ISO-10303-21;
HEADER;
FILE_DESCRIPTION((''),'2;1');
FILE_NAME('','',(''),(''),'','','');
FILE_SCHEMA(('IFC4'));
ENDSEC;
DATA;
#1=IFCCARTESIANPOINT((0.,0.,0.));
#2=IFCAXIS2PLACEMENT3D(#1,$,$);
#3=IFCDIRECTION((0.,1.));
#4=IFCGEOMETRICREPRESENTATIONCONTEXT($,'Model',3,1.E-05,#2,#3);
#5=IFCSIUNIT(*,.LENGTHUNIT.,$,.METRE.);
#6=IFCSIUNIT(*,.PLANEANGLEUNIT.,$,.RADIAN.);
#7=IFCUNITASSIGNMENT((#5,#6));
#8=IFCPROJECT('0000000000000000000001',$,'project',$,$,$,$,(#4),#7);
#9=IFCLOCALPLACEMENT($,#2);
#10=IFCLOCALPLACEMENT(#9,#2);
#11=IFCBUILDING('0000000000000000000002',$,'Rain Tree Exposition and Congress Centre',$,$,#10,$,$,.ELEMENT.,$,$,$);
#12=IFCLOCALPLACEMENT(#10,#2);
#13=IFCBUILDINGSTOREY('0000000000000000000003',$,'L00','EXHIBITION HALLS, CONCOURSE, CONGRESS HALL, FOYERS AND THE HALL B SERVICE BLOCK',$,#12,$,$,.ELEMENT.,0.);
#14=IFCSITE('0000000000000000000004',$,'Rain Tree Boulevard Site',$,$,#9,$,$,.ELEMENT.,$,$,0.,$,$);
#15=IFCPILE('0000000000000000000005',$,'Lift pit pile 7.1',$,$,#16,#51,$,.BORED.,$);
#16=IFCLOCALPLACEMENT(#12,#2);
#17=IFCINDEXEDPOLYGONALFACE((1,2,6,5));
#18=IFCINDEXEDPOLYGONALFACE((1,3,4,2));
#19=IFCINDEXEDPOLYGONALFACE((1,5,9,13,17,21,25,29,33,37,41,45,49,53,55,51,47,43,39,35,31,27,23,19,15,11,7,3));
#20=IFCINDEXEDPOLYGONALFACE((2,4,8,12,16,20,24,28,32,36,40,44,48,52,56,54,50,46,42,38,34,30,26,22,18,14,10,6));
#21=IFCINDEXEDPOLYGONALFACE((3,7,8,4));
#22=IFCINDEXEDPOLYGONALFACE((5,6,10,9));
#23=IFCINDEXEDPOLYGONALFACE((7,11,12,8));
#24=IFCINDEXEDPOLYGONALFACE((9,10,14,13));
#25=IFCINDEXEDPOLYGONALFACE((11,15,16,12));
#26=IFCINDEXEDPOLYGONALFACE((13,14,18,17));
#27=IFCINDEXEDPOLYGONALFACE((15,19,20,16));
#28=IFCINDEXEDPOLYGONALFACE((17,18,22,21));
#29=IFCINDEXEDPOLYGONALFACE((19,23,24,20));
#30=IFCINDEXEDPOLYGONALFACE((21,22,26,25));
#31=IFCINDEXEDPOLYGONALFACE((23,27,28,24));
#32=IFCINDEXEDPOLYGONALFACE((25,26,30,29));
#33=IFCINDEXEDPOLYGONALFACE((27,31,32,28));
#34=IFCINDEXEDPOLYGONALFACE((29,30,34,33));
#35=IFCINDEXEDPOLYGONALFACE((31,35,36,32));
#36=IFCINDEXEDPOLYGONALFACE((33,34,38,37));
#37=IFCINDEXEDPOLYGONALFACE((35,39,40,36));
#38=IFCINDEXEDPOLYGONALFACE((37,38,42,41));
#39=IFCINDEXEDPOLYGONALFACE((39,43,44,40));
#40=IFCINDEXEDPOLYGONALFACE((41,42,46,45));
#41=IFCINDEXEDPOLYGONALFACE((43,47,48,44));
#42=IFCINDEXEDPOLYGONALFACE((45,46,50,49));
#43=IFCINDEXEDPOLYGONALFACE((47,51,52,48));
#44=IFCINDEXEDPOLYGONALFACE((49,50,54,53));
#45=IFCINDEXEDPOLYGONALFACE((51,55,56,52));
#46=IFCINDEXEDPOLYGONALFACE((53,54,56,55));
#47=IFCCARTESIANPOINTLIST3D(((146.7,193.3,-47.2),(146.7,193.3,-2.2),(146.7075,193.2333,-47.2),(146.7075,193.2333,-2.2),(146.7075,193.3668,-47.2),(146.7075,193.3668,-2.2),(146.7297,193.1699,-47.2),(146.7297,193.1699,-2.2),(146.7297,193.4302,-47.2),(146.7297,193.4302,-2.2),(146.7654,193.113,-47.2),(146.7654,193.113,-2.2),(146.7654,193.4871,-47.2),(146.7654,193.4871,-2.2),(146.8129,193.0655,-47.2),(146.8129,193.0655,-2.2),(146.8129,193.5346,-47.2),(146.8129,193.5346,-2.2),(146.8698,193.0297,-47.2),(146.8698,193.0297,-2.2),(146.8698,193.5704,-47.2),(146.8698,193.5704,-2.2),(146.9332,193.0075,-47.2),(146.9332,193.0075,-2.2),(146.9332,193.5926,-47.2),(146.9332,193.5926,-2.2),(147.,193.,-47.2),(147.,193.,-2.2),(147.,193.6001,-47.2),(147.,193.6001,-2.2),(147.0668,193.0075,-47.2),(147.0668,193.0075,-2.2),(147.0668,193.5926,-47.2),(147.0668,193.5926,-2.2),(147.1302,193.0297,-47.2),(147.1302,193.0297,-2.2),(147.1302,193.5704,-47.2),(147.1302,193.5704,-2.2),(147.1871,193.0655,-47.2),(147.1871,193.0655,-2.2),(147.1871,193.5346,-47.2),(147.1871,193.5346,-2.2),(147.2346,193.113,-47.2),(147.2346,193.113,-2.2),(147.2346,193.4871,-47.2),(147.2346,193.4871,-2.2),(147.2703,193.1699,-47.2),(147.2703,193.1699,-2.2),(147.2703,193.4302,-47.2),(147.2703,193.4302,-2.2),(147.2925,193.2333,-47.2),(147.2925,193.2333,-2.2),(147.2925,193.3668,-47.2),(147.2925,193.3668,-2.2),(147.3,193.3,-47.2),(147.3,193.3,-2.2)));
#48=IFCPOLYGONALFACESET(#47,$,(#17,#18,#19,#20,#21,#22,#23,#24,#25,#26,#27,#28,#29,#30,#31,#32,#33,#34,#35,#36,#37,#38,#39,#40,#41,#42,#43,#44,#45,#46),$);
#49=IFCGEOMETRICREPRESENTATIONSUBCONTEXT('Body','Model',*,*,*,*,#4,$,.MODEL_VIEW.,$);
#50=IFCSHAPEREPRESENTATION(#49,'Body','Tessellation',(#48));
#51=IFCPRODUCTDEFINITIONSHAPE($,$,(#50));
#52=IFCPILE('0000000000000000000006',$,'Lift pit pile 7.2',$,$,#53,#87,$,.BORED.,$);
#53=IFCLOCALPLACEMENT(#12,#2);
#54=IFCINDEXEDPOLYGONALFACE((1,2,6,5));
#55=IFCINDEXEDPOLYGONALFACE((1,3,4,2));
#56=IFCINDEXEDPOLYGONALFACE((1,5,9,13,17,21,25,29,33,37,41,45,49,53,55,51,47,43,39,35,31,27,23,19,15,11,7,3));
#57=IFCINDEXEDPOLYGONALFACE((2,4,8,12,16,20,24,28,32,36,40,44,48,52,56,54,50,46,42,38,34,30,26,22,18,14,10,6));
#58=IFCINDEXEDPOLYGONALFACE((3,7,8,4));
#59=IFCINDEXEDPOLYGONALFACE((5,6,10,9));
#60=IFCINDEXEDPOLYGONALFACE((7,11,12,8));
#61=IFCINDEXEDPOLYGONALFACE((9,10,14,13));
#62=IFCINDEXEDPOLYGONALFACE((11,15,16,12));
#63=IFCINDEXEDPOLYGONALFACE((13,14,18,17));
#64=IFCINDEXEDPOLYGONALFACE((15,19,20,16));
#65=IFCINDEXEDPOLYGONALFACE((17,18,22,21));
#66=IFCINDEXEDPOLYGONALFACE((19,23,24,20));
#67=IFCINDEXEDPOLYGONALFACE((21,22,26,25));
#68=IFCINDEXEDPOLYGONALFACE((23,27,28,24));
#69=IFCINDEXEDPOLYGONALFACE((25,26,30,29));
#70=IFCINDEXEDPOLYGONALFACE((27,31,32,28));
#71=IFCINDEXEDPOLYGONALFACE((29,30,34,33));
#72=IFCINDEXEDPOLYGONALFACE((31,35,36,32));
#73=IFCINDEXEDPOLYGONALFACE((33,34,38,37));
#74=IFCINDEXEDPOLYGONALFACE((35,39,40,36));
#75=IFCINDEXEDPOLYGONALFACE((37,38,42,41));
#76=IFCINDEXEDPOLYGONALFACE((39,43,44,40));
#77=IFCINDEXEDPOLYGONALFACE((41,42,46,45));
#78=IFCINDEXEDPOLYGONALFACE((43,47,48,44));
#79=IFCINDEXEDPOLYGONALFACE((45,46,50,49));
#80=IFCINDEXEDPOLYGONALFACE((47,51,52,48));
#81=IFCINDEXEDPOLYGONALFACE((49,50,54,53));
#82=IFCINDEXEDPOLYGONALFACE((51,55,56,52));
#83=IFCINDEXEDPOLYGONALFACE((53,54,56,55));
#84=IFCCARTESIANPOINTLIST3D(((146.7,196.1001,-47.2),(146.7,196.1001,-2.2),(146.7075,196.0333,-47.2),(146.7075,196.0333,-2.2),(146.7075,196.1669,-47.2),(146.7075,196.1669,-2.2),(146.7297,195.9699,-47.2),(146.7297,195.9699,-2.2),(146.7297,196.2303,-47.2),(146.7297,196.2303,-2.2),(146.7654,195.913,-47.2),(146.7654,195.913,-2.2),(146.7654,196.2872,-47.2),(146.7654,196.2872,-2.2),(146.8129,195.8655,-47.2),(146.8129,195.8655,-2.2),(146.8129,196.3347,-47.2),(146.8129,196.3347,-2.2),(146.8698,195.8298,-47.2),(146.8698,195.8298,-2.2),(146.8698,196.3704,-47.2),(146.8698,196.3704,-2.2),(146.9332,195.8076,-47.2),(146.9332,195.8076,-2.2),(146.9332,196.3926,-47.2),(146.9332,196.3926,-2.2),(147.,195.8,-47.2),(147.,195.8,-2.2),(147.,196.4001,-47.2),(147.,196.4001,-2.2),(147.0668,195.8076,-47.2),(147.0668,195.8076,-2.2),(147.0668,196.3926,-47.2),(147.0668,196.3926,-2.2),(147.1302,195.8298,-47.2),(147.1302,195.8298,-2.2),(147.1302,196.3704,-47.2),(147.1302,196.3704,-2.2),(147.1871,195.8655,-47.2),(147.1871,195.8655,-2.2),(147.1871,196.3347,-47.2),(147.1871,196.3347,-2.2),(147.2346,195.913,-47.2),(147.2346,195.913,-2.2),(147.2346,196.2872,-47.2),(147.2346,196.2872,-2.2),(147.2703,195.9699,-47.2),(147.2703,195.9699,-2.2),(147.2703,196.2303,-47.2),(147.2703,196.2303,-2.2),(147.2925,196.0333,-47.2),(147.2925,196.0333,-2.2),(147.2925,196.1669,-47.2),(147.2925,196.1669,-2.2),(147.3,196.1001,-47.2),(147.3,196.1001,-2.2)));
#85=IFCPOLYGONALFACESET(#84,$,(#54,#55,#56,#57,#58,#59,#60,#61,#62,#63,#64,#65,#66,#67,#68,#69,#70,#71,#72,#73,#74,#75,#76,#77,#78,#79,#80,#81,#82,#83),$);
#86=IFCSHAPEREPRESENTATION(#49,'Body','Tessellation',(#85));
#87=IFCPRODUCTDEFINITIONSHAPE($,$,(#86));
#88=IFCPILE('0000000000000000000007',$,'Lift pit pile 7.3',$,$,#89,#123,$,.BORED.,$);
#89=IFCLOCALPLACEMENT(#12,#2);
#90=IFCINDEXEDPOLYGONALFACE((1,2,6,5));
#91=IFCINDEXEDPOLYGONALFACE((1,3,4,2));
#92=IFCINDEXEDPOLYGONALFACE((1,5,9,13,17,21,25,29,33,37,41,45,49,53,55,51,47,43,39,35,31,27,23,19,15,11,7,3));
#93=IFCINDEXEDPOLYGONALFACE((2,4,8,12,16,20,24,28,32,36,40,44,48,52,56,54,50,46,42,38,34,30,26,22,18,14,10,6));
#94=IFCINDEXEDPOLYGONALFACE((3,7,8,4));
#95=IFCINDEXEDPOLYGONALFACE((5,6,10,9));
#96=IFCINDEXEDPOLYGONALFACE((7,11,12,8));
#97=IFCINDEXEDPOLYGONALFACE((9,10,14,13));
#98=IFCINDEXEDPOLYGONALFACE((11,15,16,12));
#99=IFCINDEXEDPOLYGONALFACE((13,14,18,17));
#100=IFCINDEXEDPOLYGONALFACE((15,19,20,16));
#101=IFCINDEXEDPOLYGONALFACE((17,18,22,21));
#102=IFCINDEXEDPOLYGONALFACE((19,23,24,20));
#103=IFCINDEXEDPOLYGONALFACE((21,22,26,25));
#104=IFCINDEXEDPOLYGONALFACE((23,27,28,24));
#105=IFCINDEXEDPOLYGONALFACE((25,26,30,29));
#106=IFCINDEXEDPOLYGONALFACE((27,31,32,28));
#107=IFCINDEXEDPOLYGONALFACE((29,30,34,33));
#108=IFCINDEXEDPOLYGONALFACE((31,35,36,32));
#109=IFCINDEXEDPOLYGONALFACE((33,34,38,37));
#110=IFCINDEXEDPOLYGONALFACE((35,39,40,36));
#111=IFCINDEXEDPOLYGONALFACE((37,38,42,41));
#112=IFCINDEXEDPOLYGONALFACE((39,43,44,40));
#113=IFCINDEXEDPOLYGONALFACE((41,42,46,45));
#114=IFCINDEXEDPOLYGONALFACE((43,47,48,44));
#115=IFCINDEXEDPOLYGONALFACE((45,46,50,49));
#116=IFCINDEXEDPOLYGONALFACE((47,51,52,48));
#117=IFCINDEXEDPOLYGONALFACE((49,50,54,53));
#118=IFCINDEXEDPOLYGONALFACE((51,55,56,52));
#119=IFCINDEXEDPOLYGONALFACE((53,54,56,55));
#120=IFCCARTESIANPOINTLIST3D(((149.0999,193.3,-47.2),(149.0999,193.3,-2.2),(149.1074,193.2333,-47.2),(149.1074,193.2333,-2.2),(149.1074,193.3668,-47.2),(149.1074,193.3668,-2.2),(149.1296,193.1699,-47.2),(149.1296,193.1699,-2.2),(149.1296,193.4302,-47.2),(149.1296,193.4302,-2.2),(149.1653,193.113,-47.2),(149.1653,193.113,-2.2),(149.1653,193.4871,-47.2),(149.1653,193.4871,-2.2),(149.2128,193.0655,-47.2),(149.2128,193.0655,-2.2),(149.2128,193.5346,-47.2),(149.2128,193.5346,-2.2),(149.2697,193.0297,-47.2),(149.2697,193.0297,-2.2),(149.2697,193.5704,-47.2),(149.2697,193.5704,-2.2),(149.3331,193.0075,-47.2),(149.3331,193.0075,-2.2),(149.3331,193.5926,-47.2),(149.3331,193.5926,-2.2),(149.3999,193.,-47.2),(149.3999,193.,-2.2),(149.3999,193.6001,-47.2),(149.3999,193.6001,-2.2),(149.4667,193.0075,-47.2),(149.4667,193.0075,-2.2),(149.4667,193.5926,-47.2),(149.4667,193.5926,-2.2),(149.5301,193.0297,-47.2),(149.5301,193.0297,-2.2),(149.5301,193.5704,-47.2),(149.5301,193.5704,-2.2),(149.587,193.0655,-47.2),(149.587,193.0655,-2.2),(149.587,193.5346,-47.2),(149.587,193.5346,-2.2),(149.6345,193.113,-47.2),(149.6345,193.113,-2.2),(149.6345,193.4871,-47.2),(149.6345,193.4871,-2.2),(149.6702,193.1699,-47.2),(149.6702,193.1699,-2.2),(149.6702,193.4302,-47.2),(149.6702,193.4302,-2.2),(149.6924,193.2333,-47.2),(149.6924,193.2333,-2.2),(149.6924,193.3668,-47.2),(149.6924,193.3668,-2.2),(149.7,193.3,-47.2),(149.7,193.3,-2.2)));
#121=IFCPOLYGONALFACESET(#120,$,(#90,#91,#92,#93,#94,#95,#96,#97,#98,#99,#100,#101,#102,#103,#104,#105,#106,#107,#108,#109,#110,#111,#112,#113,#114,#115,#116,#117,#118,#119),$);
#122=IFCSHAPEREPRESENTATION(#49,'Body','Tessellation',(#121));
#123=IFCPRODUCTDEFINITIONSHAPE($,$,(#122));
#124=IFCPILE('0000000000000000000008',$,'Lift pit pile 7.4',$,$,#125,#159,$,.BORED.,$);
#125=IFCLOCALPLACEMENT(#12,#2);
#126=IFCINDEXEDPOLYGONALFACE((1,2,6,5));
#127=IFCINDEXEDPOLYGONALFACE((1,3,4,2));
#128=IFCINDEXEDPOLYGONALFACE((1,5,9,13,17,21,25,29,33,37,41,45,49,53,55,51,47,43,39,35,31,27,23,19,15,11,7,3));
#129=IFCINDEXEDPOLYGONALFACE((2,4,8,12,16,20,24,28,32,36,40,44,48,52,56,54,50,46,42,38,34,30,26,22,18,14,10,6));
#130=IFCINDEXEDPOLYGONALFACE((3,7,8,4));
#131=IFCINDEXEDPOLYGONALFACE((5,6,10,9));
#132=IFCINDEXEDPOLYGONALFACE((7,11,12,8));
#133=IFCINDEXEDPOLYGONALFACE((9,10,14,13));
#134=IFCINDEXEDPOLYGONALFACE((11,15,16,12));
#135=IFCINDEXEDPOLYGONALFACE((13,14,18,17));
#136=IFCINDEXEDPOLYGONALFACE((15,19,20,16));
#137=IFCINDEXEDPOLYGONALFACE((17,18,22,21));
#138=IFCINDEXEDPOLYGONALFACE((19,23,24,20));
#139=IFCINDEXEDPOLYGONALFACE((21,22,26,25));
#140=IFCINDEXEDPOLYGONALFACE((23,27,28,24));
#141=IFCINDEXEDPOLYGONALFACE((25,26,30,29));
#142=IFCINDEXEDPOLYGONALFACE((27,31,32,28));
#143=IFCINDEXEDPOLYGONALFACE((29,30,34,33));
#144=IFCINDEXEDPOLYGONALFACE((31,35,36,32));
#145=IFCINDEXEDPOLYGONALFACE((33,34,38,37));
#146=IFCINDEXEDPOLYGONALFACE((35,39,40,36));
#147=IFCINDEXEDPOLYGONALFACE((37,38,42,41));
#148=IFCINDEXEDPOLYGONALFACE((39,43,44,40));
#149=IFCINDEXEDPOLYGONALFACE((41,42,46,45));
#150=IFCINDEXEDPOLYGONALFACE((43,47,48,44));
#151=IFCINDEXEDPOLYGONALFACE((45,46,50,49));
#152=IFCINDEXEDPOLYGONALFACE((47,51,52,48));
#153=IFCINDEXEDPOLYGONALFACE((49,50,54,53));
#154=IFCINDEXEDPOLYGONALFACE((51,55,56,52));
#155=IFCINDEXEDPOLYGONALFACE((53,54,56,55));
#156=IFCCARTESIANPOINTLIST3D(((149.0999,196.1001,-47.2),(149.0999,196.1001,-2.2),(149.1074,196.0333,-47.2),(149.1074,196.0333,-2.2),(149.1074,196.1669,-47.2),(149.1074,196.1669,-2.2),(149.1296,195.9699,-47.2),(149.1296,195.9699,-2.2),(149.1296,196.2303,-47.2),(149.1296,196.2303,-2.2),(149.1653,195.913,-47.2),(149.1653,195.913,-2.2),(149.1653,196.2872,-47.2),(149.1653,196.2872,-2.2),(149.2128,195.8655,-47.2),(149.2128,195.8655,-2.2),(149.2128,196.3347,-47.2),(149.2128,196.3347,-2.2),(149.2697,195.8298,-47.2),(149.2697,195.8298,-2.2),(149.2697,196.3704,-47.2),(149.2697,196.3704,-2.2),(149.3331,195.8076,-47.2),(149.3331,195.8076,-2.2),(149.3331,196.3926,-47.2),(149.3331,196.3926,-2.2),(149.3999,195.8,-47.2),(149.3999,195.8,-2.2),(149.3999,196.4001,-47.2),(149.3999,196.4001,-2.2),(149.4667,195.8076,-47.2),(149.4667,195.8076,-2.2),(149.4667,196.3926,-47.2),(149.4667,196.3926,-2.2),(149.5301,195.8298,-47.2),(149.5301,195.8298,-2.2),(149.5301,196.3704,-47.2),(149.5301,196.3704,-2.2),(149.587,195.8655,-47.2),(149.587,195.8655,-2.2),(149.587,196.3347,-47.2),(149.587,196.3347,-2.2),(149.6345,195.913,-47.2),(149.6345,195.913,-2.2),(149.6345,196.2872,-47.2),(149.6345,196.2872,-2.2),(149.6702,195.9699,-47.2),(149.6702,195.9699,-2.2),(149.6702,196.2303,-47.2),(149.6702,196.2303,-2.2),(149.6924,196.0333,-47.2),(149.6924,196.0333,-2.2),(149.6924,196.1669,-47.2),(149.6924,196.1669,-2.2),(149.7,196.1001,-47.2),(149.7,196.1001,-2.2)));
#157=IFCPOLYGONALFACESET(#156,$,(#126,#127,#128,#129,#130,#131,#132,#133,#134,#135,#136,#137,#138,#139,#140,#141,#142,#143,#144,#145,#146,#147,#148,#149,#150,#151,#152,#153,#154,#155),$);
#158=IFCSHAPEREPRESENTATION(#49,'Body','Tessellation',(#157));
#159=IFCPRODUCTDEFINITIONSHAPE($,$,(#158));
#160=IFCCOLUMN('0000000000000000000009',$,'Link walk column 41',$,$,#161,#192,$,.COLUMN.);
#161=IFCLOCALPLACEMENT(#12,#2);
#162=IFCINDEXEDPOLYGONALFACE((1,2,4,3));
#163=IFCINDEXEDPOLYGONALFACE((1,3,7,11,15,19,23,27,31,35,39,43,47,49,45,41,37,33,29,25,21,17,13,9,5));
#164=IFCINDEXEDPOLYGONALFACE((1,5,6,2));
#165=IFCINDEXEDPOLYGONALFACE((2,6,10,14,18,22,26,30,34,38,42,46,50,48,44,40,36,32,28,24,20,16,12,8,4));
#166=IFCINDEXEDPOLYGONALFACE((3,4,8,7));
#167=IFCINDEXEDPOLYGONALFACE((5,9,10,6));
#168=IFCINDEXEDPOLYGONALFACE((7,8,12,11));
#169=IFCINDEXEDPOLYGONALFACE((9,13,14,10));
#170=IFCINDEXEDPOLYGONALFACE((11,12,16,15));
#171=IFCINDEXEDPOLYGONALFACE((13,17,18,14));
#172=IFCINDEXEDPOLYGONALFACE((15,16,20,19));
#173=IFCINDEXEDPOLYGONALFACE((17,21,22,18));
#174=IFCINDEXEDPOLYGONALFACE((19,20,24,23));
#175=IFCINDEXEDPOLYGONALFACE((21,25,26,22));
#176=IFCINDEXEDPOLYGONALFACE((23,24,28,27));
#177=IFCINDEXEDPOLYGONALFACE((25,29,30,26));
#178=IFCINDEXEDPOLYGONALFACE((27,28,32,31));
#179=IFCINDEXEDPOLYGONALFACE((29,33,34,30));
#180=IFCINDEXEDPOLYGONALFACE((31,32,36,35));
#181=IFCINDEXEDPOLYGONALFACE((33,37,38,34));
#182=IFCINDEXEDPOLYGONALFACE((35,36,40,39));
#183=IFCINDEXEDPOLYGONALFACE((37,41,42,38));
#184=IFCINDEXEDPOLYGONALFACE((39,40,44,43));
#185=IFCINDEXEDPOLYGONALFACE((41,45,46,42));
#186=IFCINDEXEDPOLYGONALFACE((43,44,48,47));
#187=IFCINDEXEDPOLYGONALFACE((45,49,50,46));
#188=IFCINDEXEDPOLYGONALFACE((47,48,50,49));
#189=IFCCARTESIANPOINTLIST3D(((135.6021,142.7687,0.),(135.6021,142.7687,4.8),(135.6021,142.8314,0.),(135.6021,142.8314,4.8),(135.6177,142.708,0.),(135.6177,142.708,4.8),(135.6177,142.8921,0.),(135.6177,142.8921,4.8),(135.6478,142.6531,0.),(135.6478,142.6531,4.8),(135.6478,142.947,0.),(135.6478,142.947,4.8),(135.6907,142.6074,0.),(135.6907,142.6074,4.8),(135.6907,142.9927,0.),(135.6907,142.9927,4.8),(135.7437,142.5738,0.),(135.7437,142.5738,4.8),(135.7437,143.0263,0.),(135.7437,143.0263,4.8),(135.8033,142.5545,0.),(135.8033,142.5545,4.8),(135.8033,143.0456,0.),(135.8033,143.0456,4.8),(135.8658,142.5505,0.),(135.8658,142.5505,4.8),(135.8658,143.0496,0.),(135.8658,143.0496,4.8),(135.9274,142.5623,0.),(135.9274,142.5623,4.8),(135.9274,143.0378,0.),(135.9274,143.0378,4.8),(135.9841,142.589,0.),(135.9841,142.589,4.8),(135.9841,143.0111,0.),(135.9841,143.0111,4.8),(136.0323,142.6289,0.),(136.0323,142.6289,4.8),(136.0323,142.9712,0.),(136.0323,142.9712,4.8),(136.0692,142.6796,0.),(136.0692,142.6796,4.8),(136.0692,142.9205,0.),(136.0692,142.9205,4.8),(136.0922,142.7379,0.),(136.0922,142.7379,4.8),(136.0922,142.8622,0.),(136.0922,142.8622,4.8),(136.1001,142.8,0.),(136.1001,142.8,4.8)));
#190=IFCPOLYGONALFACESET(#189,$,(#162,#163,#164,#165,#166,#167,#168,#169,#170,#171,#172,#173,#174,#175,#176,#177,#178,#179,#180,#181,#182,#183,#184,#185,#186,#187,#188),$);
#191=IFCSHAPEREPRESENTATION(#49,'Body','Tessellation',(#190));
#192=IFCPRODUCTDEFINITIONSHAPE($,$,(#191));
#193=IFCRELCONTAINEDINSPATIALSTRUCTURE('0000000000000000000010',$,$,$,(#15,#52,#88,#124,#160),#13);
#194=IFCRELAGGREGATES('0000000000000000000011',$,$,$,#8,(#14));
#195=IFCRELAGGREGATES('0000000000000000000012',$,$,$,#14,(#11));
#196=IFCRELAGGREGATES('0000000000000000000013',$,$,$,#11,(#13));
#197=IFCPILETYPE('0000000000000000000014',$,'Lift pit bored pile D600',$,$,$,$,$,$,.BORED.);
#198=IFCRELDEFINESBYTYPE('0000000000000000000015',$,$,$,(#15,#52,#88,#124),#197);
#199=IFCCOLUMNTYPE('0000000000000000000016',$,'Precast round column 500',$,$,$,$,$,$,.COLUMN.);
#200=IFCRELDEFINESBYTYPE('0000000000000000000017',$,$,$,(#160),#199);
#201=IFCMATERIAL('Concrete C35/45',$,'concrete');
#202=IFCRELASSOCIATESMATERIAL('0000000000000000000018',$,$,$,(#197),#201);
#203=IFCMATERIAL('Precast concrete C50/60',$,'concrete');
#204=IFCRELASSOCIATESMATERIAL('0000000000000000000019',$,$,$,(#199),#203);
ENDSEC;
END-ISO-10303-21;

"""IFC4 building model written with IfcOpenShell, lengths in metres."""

from ifc_helpers import new_model, si_unit, direction, frame, origin, origin_2d, place, context, subcontext, project, spatial, circle, extrude, material, material_profile, profile_set, type_object, element, save


model = new_model("IFC4")

# Units and contexts
model_context = context("Model", 3, precision=1e-05, world=origin(), true_north=direction((0.0, 1.0)))
body_context = subcontext(model_context, "Body", "Model", "MODEL_VIEW")
ifc_project = project(units=[si_unit("LENGTHUNIT", "METRE"), si_unit("PLANEANGLEUNIT", "RADIAN")], contexts=[model_context])

# Site, building, storey
site_placement = place(None, origin())
site = spatial("IfcSite", under=ifc_project, at=site_placement, Name="Rain Tree Boulevard Site", CompositionType="ELEMENT", RefElevation=0.0)
building_placement = place(site_placement, origin())
building = spatial("IfcBuilding", under=site, at=building_placement, Name="Rain Tree Exposition and Congress Centre", CompositionType="ELEMENT")
storey_placement = place(building_placement, origin())
storey = spatial("IfcBuildingStorey", under=building, at=storey_placement, Name="L00", Description="EXHIBITION HALLS, CONCOURSE, CONGRESS HALL, FOYERS AND THE HALL B SERVICE BLOCK", CompositionType="ELEMENT", Elevation=0.0)

# Piles
ifc_material_1 = material(Name="Concrete C35/45", Category="concrete")
ifc_material_profile_1 = material_profile(ifc_material_1, circle(Radius=0.3, at=origin_2d()), Name="D600")
ifc_profile_set_1 = profile_set([ifc_material_profile_1], Name="Concrete C35/45")
pile_type = type_object("IfcPileType", Name="Lift pit bored pile D600", PredefinedType="BORED", material=ifc_profile_set_1)
for number, where, z_axis, x_axis, name in (
    (1, (147.0, 193.3, -2.2), (0.0, 0.0, -1.0), (1.0, 0.0, 0.0), "Lift pit pile 7.1"),
    (2, (147.0, 196.1001, -2.2), (0.0, 0.0, -1.0), (1.0, 0.0, 0.0), "Lift pit pile 7.2"),
    (3, (149.3999, 193.3, -2.2), (0.0, 0.0, -1.0), (1.0, 0.0, 0.0), "Lift pit pile 7.3"),
    (4, (149.3999, 196.1001, -2.2), (0.0, 0.0, -1.0), (1.0, 0.0, 0.0), "Lift pit pile 7.4"),
):
    element("IfcPile", number, at=place(storey_placement, frame(where, z_axis=z_axis, x_axis=x_axis)), inside=storey, type_object=pile_type, Name=name, PredefinedType="BORED", context=body_context, shape_type="SweptSolid", body=[
        extrude(circle(Radius=0.3, at=origin_2d()), origin(), (0.0, 0.0, 1.0), 45.0),
    ])

# Column
ifc_material_2 = material(Name="Precast concrete C50/60", Category="concrete")
ifc_material_profile_2 = material_profile(ifc_material_2, circle(Radius=0.25, at=origin_2d()), Name="RC D500")
ifc_profile_set_2 = profile_set([ifc_material_profile_2], Name="Precast concrete C50/60")
column_type = type_object("IfcColumnType", Name="Precast round column 500", PredefinedType="COLUMN", material=ifc_profile_set_2)
for number, where, z_axis, x_axis, name in (
    (5, (135.8501, 142.8, 0.0), (0.0, 0.0, 1.0), (1.0, 0.0, 0.0), "Link walk column 41"),
):
    element("IfcColumn", number, at=place(storey_placement, frame(where, z_axis=z_axis, x_axis=x_axis)), inside=storey, type_object=column_type, Name=name, PredefinedType="COLUMN", context=body_context, shape_type="SweptSolid", body=[
        extrude(circle(Radius=0.25, at=origin_2d()), origin(), (0.0, 0.0, 1.0), 4.8),
    ])

save(model, "model.ifc")
